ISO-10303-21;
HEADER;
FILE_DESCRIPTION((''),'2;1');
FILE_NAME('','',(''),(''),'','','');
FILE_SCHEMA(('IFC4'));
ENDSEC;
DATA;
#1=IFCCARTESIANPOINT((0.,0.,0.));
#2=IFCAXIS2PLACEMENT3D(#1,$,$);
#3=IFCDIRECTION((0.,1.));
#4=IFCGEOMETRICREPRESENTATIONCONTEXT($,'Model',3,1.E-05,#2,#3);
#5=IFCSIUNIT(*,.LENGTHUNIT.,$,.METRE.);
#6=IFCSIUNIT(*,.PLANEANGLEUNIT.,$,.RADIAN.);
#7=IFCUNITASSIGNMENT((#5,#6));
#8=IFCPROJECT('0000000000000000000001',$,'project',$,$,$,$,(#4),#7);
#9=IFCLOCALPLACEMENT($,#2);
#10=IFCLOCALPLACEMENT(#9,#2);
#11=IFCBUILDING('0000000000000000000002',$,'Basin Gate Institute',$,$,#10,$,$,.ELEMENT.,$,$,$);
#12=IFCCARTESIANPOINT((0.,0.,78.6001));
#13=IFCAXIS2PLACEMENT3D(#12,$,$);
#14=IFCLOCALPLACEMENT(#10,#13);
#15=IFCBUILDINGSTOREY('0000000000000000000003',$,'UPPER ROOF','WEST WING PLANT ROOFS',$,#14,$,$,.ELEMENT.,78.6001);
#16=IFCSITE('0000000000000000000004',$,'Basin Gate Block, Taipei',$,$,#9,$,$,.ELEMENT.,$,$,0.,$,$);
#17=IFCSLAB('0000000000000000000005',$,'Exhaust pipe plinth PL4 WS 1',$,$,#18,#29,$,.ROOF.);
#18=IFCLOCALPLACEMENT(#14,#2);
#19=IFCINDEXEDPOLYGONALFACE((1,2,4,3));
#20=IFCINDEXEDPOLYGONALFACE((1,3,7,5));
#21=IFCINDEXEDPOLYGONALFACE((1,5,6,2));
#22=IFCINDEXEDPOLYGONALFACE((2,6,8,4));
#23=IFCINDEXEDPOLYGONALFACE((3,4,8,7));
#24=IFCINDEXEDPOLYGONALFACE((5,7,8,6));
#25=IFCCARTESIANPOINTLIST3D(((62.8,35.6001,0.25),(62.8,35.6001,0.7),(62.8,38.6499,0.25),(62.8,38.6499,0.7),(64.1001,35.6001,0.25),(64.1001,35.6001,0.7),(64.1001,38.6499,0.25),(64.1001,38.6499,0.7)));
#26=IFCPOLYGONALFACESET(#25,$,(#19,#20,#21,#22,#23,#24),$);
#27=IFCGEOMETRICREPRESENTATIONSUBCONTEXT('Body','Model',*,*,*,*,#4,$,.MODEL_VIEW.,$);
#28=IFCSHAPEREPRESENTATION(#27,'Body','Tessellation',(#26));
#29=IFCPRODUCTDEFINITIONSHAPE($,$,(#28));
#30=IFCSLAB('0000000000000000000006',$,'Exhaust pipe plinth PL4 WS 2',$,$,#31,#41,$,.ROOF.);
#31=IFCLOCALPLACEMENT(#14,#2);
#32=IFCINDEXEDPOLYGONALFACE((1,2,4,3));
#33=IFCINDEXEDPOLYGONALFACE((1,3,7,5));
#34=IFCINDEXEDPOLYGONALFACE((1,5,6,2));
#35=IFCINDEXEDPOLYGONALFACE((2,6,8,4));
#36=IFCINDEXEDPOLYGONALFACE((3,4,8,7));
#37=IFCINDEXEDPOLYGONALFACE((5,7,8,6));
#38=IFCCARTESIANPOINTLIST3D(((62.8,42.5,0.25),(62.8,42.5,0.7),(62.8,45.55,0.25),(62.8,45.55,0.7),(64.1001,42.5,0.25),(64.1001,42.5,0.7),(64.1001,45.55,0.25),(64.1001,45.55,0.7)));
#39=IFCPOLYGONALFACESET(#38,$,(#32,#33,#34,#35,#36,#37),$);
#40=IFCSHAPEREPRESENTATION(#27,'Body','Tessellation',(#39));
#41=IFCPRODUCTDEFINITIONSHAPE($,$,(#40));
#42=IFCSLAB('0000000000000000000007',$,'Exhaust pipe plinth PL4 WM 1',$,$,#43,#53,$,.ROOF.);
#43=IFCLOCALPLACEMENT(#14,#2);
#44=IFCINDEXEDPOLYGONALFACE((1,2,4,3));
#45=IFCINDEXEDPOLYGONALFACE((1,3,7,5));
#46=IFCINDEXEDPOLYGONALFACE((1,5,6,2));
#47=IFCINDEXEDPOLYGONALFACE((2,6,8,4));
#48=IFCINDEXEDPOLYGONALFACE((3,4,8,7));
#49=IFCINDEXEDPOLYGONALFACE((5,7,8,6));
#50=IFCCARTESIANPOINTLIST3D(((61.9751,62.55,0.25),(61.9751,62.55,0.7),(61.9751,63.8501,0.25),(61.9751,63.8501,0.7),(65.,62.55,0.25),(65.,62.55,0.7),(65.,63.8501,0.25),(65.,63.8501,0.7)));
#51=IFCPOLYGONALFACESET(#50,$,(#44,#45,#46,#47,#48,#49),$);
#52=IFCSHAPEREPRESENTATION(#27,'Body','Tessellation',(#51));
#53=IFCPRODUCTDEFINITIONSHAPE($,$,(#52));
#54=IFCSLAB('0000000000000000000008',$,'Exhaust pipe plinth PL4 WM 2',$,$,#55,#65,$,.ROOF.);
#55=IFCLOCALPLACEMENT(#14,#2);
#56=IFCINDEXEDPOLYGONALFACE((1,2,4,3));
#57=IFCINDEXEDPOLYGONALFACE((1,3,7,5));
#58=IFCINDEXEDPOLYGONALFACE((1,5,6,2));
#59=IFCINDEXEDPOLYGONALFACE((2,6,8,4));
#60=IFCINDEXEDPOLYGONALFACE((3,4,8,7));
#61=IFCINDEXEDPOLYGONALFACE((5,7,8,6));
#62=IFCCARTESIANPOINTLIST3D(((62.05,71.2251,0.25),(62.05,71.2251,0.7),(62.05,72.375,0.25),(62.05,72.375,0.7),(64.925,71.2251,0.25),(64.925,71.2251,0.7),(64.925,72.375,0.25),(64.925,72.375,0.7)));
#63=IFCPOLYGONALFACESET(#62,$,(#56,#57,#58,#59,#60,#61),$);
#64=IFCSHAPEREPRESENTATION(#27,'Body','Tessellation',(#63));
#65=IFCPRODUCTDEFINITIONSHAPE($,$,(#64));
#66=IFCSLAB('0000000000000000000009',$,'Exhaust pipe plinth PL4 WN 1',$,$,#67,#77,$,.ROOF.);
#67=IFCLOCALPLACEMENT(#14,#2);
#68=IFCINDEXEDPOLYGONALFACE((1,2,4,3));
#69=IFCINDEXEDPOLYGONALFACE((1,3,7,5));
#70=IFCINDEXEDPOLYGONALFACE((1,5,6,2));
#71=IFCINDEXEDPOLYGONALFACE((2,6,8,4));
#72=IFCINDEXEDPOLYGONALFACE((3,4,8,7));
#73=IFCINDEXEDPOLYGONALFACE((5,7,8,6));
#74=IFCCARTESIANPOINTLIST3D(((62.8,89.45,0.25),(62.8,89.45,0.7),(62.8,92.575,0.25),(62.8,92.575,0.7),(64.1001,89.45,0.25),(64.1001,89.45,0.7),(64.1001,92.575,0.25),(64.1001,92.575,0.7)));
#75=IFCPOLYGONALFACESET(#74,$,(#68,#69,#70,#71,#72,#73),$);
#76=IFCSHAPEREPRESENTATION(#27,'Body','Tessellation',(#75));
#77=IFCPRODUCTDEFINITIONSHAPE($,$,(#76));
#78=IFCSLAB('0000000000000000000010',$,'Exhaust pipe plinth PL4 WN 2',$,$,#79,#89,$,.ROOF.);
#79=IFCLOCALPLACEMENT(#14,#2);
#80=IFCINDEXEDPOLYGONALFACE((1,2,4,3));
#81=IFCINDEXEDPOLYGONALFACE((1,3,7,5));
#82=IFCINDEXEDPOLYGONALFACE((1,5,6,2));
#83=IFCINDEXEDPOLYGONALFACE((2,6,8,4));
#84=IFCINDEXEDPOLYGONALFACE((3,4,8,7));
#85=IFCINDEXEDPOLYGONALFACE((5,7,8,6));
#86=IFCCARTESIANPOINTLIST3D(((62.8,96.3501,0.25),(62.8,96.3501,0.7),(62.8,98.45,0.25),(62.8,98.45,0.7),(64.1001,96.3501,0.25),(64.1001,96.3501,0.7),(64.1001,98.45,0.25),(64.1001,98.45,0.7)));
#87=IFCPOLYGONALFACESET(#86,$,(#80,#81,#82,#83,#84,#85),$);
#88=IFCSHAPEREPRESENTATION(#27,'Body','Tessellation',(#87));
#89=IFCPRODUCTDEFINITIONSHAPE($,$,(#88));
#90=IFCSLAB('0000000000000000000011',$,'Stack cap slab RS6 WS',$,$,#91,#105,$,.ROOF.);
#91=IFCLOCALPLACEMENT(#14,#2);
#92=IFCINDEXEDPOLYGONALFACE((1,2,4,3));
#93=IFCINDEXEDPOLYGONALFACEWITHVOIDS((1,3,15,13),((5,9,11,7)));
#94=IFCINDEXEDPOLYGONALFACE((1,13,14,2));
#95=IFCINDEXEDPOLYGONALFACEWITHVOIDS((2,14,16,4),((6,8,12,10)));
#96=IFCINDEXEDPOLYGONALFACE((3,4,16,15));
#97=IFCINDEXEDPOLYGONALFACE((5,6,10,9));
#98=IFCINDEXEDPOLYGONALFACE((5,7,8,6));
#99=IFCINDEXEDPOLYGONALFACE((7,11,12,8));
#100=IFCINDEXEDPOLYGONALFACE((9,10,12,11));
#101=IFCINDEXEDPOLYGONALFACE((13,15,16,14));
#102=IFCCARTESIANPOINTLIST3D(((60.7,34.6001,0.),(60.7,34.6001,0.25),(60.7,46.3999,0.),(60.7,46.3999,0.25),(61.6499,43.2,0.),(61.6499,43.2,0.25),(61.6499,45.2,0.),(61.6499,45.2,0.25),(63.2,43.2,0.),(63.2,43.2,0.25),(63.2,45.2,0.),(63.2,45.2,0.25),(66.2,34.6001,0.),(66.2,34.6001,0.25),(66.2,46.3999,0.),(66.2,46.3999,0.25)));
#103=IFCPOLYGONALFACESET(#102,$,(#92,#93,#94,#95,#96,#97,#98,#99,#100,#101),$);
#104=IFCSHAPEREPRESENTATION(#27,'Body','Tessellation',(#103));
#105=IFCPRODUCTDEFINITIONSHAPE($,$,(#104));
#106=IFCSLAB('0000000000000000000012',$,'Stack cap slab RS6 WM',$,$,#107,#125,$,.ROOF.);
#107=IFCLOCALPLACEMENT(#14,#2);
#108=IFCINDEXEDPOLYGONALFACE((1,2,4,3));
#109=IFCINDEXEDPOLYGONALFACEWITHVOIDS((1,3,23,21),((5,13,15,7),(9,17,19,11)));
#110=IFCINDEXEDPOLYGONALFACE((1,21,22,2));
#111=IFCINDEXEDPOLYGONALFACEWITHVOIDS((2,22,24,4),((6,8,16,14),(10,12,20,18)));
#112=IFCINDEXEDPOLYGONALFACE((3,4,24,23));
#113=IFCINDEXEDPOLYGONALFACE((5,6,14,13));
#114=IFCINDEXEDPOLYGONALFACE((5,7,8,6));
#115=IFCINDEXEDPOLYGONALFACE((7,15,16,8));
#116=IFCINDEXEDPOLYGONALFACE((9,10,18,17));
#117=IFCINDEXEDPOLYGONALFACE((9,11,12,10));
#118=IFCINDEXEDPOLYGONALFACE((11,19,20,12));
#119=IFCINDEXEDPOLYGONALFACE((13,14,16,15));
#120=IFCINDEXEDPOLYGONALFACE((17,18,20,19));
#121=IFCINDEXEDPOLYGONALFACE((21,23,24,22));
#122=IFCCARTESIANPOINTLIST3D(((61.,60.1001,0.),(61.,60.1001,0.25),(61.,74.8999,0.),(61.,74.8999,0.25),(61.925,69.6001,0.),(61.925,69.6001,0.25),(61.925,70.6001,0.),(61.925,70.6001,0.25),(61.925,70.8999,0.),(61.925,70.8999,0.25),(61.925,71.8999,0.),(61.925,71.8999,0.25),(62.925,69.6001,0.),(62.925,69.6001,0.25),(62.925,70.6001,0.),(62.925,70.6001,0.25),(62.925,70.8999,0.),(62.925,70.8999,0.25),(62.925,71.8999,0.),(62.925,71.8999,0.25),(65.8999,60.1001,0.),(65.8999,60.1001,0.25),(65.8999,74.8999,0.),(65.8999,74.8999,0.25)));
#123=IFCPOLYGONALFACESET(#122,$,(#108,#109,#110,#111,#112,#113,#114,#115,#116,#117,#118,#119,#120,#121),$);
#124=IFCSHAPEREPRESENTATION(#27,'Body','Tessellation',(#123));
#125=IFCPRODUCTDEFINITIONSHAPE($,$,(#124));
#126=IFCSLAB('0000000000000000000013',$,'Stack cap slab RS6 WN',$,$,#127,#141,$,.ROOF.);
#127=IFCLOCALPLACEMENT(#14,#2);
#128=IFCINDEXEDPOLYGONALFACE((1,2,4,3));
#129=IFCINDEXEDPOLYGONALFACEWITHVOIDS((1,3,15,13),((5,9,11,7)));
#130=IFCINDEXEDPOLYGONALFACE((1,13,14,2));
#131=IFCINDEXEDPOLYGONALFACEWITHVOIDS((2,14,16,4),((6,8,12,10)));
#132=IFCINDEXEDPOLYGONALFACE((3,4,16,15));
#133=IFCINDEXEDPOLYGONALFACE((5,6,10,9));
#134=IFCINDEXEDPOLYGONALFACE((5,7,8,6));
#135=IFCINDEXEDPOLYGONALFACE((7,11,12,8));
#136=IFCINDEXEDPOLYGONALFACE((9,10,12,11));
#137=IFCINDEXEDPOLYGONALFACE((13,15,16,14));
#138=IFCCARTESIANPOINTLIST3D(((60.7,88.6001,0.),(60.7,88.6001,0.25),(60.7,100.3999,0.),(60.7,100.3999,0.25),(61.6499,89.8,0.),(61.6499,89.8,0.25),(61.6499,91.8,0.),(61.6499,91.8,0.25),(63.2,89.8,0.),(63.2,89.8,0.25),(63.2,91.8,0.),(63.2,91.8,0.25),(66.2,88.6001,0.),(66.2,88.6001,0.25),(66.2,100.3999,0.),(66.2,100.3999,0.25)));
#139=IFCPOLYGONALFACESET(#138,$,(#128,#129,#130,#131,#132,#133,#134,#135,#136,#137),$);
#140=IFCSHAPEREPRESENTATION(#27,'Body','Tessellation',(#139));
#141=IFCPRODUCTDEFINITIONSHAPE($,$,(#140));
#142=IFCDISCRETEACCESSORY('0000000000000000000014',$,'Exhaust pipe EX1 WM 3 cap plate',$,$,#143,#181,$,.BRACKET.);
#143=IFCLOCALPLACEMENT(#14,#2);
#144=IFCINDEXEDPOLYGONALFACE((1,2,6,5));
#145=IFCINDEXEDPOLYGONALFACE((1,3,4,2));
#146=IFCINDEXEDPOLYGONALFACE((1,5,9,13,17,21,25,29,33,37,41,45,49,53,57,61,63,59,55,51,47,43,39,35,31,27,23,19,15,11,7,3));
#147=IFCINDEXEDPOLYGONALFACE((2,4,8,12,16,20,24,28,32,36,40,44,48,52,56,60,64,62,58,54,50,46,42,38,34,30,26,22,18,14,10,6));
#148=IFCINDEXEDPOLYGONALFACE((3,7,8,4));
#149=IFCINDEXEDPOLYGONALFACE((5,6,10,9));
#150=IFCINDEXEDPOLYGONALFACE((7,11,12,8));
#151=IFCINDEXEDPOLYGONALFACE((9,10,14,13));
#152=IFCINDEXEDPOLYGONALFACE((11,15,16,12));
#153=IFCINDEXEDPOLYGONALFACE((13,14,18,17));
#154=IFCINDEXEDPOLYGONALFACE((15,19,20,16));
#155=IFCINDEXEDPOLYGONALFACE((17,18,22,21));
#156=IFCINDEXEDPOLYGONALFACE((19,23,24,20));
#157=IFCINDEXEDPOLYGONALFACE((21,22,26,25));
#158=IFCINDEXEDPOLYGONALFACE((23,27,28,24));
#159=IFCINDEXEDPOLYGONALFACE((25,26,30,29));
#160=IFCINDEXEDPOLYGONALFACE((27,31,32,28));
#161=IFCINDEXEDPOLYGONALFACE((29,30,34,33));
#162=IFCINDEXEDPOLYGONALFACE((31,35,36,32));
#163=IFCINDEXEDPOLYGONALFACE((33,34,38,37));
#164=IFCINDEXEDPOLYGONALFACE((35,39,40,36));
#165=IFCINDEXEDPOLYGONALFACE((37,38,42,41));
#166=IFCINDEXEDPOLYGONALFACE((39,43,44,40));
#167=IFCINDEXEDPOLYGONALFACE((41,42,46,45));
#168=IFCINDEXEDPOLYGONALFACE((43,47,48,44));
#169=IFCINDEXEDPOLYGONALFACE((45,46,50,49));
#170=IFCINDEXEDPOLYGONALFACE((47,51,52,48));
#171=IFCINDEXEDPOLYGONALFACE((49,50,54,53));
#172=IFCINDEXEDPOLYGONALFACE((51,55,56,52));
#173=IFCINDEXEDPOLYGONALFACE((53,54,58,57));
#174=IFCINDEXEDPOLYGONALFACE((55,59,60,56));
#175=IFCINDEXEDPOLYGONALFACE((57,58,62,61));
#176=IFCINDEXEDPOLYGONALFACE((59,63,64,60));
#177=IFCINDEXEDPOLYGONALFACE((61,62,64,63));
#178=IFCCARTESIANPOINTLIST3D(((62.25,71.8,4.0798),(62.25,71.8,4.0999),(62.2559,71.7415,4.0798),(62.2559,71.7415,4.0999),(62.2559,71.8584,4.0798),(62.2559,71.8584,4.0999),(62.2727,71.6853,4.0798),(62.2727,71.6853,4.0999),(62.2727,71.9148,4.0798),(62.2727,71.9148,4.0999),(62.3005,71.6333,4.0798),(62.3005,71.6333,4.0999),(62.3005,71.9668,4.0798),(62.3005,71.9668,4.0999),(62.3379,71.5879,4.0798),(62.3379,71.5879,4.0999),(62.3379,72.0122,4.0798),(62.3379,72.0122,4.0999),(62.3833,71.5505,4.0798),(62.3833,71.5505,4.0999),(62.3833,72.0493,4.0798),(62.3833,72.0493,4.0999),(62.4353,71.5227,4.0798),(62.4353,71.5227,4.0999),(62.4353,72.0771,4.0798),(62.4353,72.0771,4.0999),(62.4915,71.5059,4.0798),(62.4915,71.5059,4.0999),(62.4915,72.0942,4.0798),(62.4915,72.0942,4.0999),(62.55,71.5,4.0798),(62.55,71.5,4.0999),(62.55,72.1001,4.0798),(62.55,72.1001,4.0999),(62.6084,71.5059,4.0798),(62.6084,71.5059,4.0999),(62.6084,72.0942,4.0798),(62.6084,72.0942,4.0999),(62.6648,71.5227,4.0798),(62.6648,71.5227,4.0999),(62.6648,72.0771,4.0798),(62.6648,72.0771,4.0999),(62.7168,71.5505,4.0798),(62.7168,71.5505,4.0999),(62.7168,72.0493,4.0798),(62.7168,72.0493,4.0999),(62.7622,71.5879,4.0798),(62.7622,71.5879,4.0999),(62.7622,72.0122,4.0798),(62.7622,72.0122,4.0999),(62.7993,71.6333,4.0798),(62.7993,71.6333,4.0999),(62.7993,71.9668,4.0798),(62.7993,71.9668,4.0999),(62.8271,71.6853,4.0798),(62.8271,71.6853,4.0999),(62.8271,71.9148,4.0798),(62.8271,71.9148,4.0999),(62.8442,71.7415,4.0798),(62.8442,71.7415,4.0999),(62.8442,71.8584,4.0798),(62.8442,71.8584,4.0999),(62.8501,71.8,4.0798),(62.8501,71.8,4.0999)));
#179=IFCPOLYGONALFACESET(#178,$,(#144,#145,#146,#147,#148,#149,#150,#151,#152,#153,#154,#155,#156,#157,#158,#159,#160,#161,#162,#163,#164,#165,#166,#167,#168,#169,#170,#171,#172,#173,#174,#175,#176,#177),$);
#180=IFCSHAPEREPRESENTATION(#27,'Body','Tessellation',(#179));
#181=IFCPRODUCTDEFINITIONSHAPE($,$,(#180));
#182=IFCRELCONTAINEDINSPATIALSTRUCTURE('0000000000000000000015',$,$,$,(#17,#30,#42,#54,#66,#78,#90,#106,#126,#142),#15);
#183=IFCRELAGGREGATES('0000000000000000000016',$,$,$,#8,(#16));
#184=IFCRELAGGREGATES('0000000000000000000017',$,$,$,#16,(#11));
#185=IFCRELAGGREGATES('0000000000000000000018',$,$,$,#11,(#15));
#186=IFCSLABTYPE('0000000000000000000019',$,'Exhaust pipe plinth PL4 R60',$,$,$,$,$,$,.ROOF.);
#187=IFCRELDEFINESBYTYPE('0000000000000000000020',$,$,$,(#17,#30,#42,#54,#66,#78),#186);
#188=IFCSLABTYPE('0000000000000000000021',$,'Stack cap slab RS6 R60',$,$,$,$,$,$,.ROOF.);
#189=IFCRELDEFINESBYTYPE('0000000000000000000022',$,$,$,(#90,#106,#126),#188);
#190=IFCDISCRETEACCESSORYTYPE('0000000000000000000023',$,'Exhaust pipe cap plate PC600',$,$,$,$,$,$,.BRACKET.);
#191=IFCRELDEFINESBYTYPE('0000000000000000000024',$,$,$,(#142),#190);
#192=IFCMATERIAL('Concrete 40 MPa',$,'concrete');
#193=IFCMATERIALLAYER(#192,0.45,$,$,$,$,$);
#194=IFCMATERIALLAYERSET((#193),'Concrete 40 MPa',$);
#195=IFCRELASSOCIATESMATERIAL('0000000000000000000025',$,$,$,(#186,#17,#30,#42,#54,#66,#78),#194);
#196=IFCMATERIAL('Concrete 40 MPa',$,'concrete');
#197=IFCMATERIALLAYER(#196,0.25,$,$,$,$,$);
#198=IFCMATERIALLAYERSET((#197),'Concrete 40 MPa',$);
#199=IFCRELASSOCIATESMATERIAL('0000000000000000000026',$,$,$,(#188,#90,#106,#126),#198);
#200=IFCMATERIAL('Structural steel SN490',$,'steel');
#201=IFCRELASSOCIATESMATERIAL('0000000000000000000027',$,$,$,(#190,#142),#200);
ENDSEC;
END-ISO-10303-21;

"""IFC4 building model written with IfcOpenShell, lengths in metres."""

from ifc_helpers import new_model, si_unit, direction, frame, origin, place, context, subcontext, project, spatial, polyline, outline, extrude, material, layer, layer_set, type_object, element, save


model = new_model("IFC4")

# Units and contexts
model_context = context("Model", 3, precision=1e-05, world=origin(), true_north=direction((0.0, 1.0)))
body_context = subcontext(model_context, "Body", "Model", "MODEL_VIEW")
ifc_project = project(units=[si_unit("LENGTHUNIT", "METRE"), si_unit("PLANEANGLEUNIT", "RADIAN")], contexts=[model_context])

# Site, building, storey
site_placement = place(None, origin())
site = spatial("IfcSite", under=ifc_project, at=site_placement, Name="Basin Gate Block, Taipei", CompositionType="ELEMENT", RefElevation=0.0)
building_placement = place(site_placement, origin())
building = spatial("IfcBuilding", under=site, at=building_placement, Name="Basin Gate Institute", CompositionType="ELEMENT")
storey_placement = place(building_placement, frame((0.0, 0.0, 78.6001)))
storey = spatial("IfcBuildingStorey", under=building, at=storey_placement, Name="UPPER ROOF", Description="WEST WING PLANT ROOFS", CompositionType="ELEMENT", Elevation=78.6001)

# Slabs
ifc_material_1 = material(Name="Concrete 40 MPa", Category="concrete")
ifc_layer_1 = layer(ifc_material_1, 0.45)
ifc_layer_set_1 = layer_set([ifc_layer_1], Name="Concrete 40 MPa")
slab_type_1 = type_object("IfcSlabType", Name="Exhaust pipe plinth PL4 R60", PredefinedType="ROOF", material=ifc_layer_set_1)
slab_1_placement = place(storey_placement, frame((0.0, 0.0, 0.25)))
element("IfcSlab", 1, at=slab_1_placement, inside=storey, type_object=slab_type_1, material=ifc_layer_set_1, Name="Exhaust pipe plinth PL4 WS 1", PredefinedType="ROOF", context=body_context, shape_type="SweptSolid", body=[
    extrude(outline(polyline([(62.8, 35.6001), (64.1001, 35.6001), (64.1001, 38.6499), (62.8, 38.6499), (62.8, 35.6001)])), origin(), (0.0, 0.0, 1.0), 0.45),
])
slab_2_placement = place(storey_placement, frame((0.0, 0.0, 0.25)))
element("IfcSlab", 2, at=slab_2_placement, inside=storey, type_object=slab_type_1, material=ifc_layer_set_1, Name="Exhaust pipe plinth PL4 WS 2", PredefinedType="ROOF", context=body_context, shape_type="SweptSolid", body=[
    extrude(outline(polyline([(62.8, 42.5), (64.1001, 42.5), (64.1001, 45.55), (62.8, 45.55), (62.8, 42.5)])), origin(), (0.0, 0.0, 1.0), 0.45),
])
slab_3_placement = place(storey_placement, frame((0.0, 0.0, 0.25)))
element("IfcSlab", 3, at=slab_3_placement, inside=storey, type_object=slab_type_1, material=ifc_layer_set_1, Name="Exhaust pipe plinth PL4 WM 1", PredefinedType="ROOF", context=body_context, shape_type="SweptSolid", body=[
    extrude(outline(polyline([(61.9751, 62.55), (65.0, 62.55), (65.0, 63.8501), (61.9751, 63.8501), (61.9751, 62.55)])), origin(), (0.0, 0.0, 1.0), 0.45),
])
slab_4_placement = place(storey_placement, frame((0.0, 0.0, 0.25)))
element("IfcSlab", 4, at=slab_4_placement, inside=storey, type_object=slab_type_1, material=ifc_layer_set_1, Name="Exhaust pipe plinth PL4 WM 2", PredefinedType="ROOF", context=body_context, shape_type="SweptSolid", body=[
    extrude(outline(polyline([(62.05, 71.2251), (64.925, 71.2251), (64.925, 72.375), (62.05, 72.375), (62.05, 71.2251)])), origin(), (0.0, 0.0, 1.0), 0.45),
])
slab_5_placement = place(storey_placement, frame((0.0, 0.0, 0.25)))
element("IfcSlab", 5, at=slab_5_placement, inside=storey, type_object=slab_type_1, material=ifc_layer_set_1, Name="Exhaust pipe plinth PL4 WN 1", PredefinedType="ROOF", context=body_context, shape_type="SweptSolid", body=[
    extrude(outline(polyline([(62.8, 89.45), (64.1001, 89.45), (64.1001, 92.575), (62.8, 92.575), (62.8, 89.45)])), origin(), (0.0, 0.0, 1.0), 0.45),
])
slab_6_placement = place(storey_placement, frame((0.0, 0.0, 0.25)))
element("IfcSlab", 6, at=slab_6_placement, inside=storey, type_object=slab_type_1, material=ifc_layer_set_1, Name="Exhaust pipe plinth PL4 WN 2", PredefinedType="ROOF", context=body_context, shape_type="SweptSolid", body=[
    extrude(outline(polyline([(62.8, 96.3501), (64.1001, 96.3501), (64.1001, 98.45), (62.8, 98.45), (62.8, 96.3501)])), origin(), (0.0, 0.0, 1.0), 0.45),
])
ifc_material_2 = material(Name="Concrete 40 MPa", Category="concrete")
ifc_layer_2 = layer(ifc_material_2, 0.25)
ifc_layer_set_2 = layer_set([ifc_layer_2], Name="Concrete 40 MPa")
slab_type_2 = type_object("IfcSlabType", Name="Stack cap slab RS6 R60", PredefinedType="ROOF", material=ifc_layer_set_2)
slab_7_placement = place(storey_placement, origin())
element("IfcSlab", 7, at=slab_7_placement, inside=storey, type_object=slab_type_2, material=ifc_layer_set_2, Name="Stack cap slab RS6 WS", PredefinedType="ROOF", context=body_context, shape_type="SweptSolid", body=[
    extrude(outline(polyline([(66.2, 34.6001), (60.7, 34.6001), (60.7, 46.3999), (66.2, 46.3999), (66.2, 34.6001)]), holes=[polyline([(61.6499, 43.2), (63.2, 43.2), (63.2, 45.2), (61.6499, 45.2), (61.6499, 43.2)])]), origin(), (0.0, 0.0, 1.0), 0.25),
])
slab_8_placement = place(storey_placement, origin())
element("IfcSlab", 8, at=slab_8_placement, inside=storey, type_object=slab_type_2, material=ifc_layer_set_2, Name="Stack cap slab RS6 WM", PredefinedType="ROOF", context=body_context, shape_type="SweptSolid", body=[
    extrude(outline(polyline([(65.8999, 60.1001), (61.0, 60.1001), (61.0, 74.8999), (65.8999, 74.8999), (65.8999, 60.1001)]), holes=[polyline([(61.925, 69.6001), (62.925, 69.6001), (62.925, 70.6001), (61.925, 70.6001), (61.925, 69.6001)]), polyline([(61.925, 70.8999), (62.925, 70.8999), (62.925, 71.8999), (61.925, 71.8999), (61.925, 70.8999)])]), origin(), (0.0, 0.0, 1.0), 0.25),
])
slab_9_placement = place(storey_placement, origin())
element("IfcSlab", 9, at=slab_9_placement, inside=storey, type_object=slab_type_2, material=ifc_layer_set_2, Name="Stack cap slab RS6 WN", PredefinedType="ROOF", context=body_context, shape_type="SweptSolid", body=[
    extrude(outline(polyline([(66.2, 88.6001), (60.7, 88.6001), (60.7, 100.3999), (66.2, 100.3999), (66.2, 88.6001)]), holes=[polyline([(61.6499, 89.8), (63.2, 89.8), (63.2, 91.8), (61.6499, 91.8), (61.6499, 89.8)])]), origin(), (0.0, 0.0, 1.0), 0.25),
])

# Discrete accessory
ifc_material_3 = material(Name="Structural steel SN490", Category="steel")
discrete_accessory_type_1 = type_object("IfcDiscreteAccessoryType", Name="Exhaust pipe cap plate PC600", PredefinedType="BRACKET", material=ifc_material_3)
discrete_accessory_1_placement = place(storey_placement, frame((0.0, 0.0, 4.0798)))
element("IfcDiscreteAccessory", 10, at=discrete_accessory_1_placement, inside=storey, type_object=discrete_accessory_type_1, material=ifc_material_3, Name="Exhaust pipe EX1 WM 3 cap plate", PredefinedType="BRACKET", context=body_context, shape_type="SweptSolid", body=[
    extrude(outline(polyline([(62.8501, 71.8), (62.8442, 71.8584), (62.8271, 71.9148), (62.7993, 71.9668), (62.7622, 72.0122), (62.7168, 72.0493), (62.6648, 72.0771), (62.6084, 72.0942), (62.55, 72.1001), (62.4915, 72.0942), (62.4353, 72.0771), (62.3833, 72.0493), (62.3379, 72.0122), (62.3005, 71.9668), (62.2727, 71.9148), (62.2559, 71.8584), (62.25, 71.8), (62.2559, 71.7415), (62.2727, 71.6853), (62.3005, 71.6333), (62.3379, 71.5879), (62.3833, 71.5505), (62.4353, 71.5227), (62.4915, 71.5059), (62.55, 71.5), (62.6084, 71.5059), (62.6648, 71.5227), (62.7168, 71.5505), (62.7622, 71.5879), (62.7993, 71.6333), (62.8271, 71.6853), (62.8442, 71.7415), (62.8501, 71.8)])), origin(), (0.0, 0.0, 1.0), 0.02),
])

save(model, "model.ifc")
